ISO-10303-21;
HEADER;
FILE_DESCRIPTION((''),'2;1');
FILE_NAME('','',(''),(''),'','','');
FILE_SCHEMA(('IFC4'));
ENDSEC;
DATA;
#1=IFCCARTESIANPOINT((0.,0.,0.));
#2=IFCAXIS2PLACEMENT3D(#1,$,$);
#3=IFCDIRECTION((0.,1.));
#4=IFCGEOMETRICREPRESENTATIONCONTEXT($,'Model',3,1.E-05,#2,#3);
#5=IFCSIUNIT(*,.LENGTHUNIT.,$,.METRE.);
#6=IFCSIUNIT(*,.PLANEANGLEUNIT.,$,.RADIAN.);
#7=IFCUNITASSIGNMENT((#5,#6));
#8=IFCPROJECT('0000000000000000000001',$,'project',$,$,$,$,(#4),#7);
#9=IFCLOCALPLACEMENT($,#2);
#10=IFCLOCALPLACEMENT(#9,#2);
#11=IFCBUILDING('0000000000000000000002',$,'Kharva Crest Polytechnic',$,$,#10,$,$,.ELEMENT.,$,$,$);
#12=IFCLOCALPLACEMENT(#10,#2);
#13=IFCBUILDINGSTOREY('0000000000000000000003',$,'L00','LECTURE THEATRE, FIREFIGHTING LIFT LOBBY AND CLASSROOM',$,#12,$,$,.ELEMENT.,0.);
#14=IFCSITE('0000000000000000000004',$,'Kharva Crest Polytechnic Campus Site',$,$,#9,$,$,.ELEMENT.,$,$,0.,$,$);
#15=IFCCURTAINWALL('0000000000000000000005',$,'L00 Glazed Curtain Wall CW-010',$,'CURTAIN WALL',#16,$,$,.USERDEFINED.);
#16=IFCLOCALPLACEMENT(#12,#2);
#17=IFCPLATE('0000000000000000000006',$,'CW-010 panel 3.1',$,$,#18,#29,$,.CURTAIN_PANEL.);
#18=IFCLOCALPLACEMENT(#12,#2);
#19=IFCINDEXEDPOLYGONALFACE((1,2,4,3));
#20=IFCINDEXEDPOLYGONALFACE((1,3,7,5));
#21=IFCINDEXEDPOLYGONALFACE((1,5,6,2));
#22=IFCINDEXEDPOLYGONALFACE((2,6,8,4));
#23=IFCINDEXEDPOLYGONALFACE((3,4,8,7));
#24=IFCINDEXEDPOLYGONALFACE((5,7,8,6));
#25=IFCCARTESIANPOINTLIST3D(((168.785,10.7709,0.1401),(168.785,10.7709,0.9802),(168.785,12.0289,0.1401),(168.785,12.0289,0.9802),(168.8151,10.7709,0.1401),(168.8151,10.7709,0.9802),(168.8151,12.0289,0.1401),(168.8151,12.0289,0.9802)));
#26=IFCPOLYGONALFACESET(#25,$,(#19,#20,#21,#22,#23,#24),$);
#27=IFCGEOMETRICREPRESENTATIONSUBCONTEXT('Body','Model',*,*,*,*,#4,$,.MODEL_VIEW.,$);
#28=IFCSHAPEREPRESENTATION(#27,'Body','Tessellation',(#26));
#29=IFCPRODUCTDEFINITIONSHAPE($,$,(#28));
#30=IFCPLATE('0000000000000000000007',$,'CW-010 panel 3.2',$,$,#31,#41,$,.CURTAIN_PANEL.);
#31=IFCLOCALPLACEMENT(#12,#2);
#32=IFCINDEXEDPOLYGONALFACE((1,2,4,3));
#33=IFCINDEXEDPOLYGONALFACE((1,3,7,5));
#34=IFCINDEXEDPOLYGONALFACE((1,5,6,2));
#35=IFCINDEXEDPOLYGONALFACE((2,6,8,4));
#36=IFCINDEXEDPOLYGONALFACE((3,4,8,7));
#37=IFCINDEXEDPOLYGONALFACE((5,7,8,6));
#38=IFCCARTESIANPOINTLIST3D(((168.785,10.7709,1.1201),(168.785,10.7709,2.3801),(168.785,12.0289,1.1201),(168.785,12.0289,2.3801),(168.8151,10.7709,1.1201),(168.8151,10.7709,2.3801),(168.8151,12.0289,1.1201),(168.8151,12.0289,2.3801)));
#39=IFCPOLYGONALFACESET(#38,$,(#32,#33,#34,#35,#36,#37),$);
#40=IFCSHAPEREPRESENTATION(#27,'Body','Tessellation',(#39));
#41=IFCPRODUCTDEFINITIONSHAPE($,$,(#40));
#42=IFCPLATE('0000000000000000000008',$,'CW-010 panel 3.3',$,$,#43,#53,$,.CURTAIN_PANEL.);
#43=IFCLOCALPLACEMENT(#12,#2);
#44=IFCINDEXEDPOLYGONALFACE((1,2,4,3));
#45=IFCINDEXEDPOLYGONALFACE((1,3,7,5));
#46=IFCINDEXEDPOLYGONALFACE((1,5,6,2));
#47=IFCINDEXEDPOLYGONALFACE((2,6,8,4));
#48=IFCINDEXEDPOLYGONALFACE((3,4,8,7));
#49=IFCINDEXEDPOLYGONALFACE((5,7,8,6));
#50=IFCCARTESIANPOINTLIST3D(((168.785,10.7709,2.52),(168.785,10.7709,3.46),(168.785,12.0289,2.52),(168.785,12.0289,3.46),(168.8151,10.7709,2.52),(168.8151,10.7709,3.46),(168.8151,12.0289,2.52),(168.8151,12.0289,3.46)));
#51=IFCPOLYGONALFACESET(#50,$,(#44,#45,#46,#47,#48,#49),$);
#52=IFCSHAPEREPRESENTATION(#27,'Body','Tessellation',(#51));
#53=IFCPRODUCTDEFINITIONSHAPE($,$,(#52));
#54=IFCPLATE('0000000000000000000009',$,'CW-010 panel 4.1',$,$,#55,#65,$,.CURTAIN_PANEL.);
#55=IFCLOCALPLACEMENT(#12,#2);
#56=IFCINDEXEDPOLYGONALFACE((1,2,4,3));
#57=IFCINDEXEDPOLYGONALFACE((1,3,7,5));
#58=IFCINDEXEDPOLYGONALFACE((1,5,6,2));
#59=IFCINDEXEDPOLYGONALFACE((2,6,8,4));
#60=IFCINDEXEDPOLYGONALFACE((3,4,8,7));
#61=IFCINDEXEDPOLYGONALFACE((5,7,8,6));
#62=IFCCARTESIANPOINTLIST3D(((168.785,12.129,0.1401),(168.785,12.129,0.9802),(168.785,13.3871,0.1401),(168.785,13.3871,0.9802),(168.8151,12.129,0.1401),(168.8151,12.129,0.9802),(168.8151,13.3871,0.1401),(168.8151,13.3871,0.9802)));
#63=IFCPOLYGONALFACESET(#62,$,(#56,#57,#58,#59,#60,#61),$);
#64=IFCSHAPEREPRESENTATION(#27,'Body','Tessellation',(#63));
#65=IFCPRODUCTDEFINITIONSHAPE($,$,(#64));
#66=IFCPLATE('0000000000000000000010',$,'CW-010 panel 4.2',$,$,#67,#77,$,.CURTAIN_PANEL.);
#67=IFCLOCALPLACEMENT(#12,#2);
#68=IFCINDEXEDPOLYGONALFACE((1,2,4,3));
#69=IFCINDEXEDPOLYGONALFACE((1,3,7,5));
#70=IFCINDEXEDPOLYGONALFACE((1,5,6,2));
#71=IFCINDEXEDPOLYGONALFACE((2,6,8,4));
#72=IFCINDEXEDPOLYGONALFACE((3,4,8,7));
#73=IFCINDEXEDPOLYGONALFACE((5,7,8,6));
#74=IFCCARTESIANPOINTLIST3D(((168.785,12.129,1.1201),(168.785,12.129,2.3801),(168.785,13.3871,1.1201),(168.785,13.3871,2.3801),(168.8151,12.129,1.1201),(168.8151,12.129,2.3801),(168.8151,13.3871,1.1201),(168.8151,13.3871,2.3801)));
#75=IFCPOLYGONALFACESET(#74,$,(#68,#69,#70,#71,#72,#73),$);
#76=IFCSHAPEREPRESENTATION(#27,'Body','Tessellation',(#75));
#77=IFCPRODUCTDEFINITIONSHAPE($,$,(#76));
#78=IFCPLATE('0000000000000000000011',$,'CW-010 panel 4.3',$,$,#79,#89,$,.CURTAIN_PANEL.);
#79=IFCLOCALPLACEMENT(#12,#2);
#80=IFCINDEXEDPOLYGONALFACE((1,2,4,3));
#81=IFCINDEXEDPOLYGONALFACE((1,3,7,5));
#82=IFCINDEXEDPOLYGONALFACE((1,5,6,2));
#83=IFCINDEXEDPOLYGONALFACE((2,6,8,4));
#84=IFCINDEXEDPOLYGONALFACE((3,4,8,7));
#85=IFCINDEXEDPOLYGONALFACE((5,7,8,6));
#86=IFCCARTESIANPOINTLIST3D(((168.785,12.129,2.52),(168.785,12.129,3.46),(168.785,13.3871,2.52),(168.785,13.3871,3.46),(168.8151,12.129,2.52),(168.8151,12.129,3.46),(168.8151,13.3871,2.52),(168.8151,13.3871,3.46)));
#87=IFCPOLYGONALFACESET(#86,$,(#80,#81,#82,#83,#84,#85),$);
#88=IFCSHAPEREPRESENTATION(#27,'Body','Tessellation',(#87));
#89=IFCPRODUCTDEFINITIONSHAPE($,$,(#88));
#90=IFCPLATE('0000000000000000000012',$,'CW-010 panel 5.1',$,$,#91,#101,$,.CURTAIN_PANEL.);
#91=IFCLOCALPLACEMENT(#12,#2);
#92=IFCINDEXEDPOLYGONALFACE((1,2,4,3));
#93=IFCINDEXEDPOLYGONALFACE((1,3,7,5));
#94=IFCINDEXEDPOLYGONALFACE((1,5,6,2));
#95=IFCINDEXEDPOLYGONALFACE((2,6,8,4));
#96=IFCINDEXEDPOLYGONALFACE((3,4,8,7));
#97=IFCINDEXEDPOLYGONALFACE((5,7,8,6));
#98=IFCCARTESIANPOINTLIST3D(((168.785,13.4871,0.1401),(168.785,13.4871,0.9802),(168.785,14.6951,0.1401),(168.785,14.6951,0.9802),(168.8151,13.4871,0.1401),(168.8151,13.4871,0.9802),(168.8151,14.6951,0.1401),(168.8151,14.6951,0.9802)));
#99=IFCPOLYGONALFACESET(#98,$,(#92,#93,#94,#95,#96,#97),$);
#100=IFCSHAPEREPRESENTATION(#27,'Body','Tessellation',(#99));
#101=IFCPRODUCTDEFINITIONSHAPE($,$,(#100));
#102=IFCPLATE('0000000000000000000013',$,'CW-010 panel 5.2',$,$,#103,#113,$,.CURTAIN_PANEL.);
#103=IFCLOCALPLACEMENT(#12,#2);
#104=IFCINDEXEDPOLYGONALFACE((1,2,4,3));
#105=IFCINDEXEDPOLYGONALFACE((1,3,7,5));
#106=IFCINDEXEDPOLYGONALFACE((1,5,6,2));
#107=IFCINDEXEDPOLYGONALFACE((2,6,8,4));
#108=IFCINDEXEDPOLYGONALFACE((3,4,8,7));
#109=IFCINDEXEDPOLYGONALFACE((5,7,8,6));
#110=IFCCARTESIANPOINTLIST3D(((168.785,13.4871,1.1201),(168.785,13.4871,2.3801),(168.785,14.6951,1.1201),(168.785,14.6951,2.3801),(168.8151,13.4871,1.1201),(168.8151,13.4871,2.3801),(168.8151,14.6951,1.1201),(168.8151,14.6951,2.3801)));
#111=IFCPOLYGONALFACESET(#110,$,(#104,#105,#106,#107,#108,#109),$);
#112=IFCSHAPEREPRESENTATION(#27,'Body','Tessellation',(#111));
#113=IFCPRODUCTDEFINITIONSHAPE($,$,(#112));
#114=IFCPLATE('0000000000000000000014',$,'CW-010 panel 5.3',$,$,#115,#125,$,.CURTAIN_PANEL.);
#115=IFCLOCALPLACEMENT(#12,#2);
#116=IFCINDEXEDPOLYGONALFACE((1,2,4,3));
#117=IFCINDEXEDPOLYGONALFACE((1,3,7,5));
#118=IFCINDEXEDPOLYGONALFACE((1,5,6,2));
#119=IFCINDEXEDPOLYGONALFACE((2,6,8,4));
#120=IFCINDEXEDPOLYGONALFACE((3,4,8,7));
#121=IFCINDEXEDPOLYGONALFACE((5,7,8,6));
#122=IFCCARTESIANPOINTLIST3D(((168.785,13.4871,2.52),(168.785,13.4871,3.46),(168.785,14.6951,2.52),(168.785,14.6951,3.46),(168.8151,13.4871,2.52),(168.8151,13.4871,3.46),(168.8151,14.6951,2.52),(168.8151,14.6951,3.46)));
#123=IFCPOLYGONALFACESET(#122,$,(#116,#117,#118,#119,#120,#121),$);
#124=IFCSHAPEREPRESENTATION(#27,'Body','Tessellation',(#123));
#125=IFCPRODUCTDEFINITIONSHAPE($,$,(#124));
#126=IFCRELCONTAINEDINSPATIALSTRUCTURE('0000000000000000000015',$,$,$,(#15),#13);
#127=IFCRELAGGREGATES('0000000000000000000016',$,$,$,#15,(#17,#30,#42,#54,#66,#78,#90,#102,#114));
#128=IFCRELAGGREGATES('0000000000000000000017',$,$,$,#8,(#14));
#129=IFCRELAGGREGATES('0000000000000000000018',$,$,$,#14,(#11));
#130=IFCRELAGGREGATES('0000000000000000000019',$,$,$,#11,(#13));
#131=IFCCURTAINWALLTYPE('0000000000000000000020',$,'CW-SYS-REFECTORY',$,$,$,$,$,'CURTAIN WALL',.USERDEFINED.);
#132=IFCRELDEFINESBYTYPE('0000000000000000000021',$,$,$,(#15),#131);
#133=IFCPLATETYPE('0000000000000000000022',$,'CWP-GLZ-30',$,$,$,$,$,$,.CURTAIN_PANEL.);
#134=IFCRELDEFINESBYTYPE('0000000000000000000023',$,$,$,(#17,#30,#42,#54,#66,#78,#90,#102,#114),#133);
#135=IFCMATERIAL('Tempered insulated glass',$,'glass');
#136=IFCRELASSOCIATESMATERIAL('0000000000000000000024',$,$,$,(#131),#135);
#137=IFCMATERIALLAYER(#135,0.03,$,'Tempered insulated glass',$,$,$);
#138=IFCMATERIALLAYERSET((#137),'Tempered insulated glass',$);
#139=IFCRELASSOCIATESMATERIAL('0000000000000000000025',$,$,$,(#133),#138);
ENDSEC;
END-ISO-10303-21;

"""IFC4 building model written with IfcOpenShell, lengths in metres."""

from ifc_helpers import new_model, si_unit, direction, frame, origin, origin_2d, place, context, subcontext, project, spatial, rectangle, extrude, material, layer, layer_set, type_object, element, aggregate, save


model = new_model("IFC4")

# Units and contexts
model_context = context("Model", 3, precision=1e-05, world=origin(), true_north=direction((0.0, 1.0)))
body_context = subcontext(model_context, "Body", "Model", "MODEL_VIEW")
ifc_project = project(units=[si_unit("LENGTHUNIT", "METRE"), si_unit("PLANEANGLEUNIT", "RADIAN")], contexts=[model_context])

# Site, building, storey
site_placement = place(None, origin())
site = spatial("IfcSite", under=ifc_project, at=site_placement, Name="Kharva Crest Polytechnic Campus Site", CompositionType="ELEMENT", RefElevation=0.0)
building_placement = place(site_placement, origin())
building = spatial("IfcBuilding", under=site, at=building_placement, Name="Kharva Crest Polytechnic", CompositionType="ELEMENT")
storey_placement = place(building_placement, origin())
storey = spatial("IfcBuildingStorey", under=building, at=storey_placement, Name="L00", Description="LECTURE THEATRE, FIREFIGHTING LIFT LOBBY AND CLASSROOM", CompositionType="ELEMENT", Elevation=0.0)

# Curtain wall, plates
ifc_material_1 = material(Name="Tempered insulated glass", Category="glass")
curtain_wall_type = type_object("IfcCurtainWallType", Name="CW-SYS-REFECTORY", ElementType="CURTAIN WALL", PredefinedType="USERDEFINED", material=ifc_material_1)
curtain_wall_placement = place(storey_placement, origin())
curtain_wall = element("IfcCurtainWall", 1, at=curtain_wall_placement, inside=storey, type_object=curtain_wall_type, Name="L00 Glazed Curtain Wall CW-010", ObjectType="CURTAIN WALL", PredefinedType="USERDEFINED")
ifc_layer = layer(ifc_material_1, 0.03, Name="Tempered insulated glass")
ifc_layer_set = layer_set([ifc_layer], Name="Tempered insulated glass")
plate_type = type_object("IfcPlateType", Name="CWP-GLZ-30", PredefinedType="CURTAIN_PANEL", material=ifc_layer_set)
plate_1_placement = place(storey_placement, frame((168.8, 11.3999, 0.1401), z_axis=(0.0, 0.0, 1.0), x_axis=(0.0, 1.0, 0.0)))
plate_1 = element("IfcPlate", 2, at=plate_1_placement, type_object=plate_type, Name="CW-010 panel 3.1", PredefinedType="CURTAIN_PANEL", context=body_context, shape_type="SweptSolid", body=[
    extrude(rectangle(XDim=1.2581, YDim=0.03, at=origin_2d()), origin(), (0.0, 0.0, 1.0), 0.8401),
])
plate_2_placement = place(storey_placement, frame((168.8, 11.3999, 1.1201), z_axis=(0.0, 0.0, 1.0), x_axis=(0.0, 1.0, 0.0)))
plate_2 = element("IfcPlate", 3, at=plate_2_placement, type_object=plate_type, Name="CW-010 panel 3.2", PredefinedType="CURTAIN_PANEL", context=body_context, shape_type="SweptSolid", body=[
    extrude(rectangle(XDim=1.2581, YDim=0.03, at=origin_2d()), origin(), (0.0, 0.0, 1.0), 1.26),
])
plate_3_placement = place(storey_placement, frame((168.8, 11.3999, 2.52), z_axis=(0.0, 0.0, 1.0), x_axis=(0.0, 1.0, 0.0)))
plate_3 = element("IfcPlate", 4, at=plate_3_placement, type_object=plate_type, Name="CW-010 panel 3.3", PredefinedType="CURTAIN_PANEL", context=body_context, shape_type="SweptSolid", body=[
    extrude(rectangle(XDim=1.2581, YDim=0.03, at=origin_2d()), origin(), (0.0, 0.0, 1.0), 0.9399),
])
plate_4_placement = place(storey_placement, frame((168.8, 12.7581, 0.1401), z_axis=(0.0, 0.0, 1.0), x_axis=(0.0, 1.0, 0.0)))
plate_4 = element("IfcPlate", 5, at=plate_4_placement, type_object=plate_type, Name="CW-010 panel 4.1", PredefinedType="CURTAIN_PANEL", context=body_context, shape_type="SweptSolid", body=[
    extrude(rectangle(XDim=1.2581, YDim=0.03, at=origin_2d()), origin(), (0.0, 0.0, 1.0), 0.8401),
])
plate_5_placement = place(storey_placement, frame((168.8, 12.7581, 1.1201), z_axis=(0.0, 0.0, 1.0), x_axis=(0.0, 1.0, 0.0)))
plate_5 = element("IfcPlate", 6, at=plate_5_placement, type_object=plate_type, Name="CW-010 panel 4.2", PredefinedType="CURTAIN_PANEL", context=body_context, shape_type="SweptSolid", body=[
    extrude(rectangle(XDim=1.2581, YDim=0.03, at=origin_2d()), origin(), (0.0, 0.0, 1.0), 1.26),
])
plate_6_placement = place(storey_placement, frame((168.8, 12.7581, 2.52), z_axis=(0.0, 0.0, 1.0), x_axis=(0.0, 1.0, 0.0)))
plate_6 = element("IfcPlate", 7, at=plate_6_placement, type_object=plate_type, Name="CW-010 panel 4.3", PredefinedType="CURTAIN_PANEL", context=body_context, shape_type="SweptSolid", body=[
    extrude(rectangle(XDim=1.2581, YDim=0.03, at=origin_2d()), origin(), (0.0, 0.0, 1.0), 0.9399),
])
plate_7_placement = place(storey_placement, frame((168.8, 14.0911, 0.1401), z_axis=(0.0, 0.0, 1.0), x_axis=(0.0, 1.0, 0.0)))
plate_7 = element("IfcPlate", 8, at=plate_7_placement, type_object=plate_type, Name="CW-010 panel 5.1", PredefinedType="CURTAIN_PANEL", context=body_context, shape_type="SweptSolid", body=[
    extrude(rectangle(XDim=1.208, YDim=0.03, at=origin_2d()), origin(), (0.0, 0.0, 1.0), 0.8401),
])
plate_8_placement = place(storey_placement, frame((168.8, 14.0911, 1.1201), z_axis=(0.0, 0.0, 1.0), x_axis=(0.0, 1.0, 0.0)))
plate_8 = element("IfcPlate", 9, at=plate_8_placement, type_object=plate_type, Name="CW-010 panel 5.2", PredefinedType="CURTAIN_PANEL", context=body_context, shape_type="SweptSolid", body=[
    extrude(rectangle(XDim=1.208, YDim=0.03, at=origin_2d()), origin(), (0.0, 0.0, 1.0), 1.26),
])
plate_9_placement = place(storey_placement, frame((168.8, 14.0911, 2.52), z_axis=(0.0, 0.0, 1.0), x_axis=(0.0, 1.0, 0.0)))
plate_9 = element("IfcPlate", 10, at=plate_9_placement, type_object=plate_type, Name="CW-010 panel 5.3", PredefinedType="CURTAIN_PANEL", context=body_context, shape_type="SweptSolid", body=[
    extrude(rectangle(XDim=1.208, YDim=0.03, at=origin_2d()), origin(), (0.0, 0.0, 1.0), 0.9399),
])
aggregate(curtain_wall, [plate_1, plate_2, plate_3, plate_4, plate_5, plate_6, plate_7, plate_8, plate_9])

save(model, "model.ifc")
